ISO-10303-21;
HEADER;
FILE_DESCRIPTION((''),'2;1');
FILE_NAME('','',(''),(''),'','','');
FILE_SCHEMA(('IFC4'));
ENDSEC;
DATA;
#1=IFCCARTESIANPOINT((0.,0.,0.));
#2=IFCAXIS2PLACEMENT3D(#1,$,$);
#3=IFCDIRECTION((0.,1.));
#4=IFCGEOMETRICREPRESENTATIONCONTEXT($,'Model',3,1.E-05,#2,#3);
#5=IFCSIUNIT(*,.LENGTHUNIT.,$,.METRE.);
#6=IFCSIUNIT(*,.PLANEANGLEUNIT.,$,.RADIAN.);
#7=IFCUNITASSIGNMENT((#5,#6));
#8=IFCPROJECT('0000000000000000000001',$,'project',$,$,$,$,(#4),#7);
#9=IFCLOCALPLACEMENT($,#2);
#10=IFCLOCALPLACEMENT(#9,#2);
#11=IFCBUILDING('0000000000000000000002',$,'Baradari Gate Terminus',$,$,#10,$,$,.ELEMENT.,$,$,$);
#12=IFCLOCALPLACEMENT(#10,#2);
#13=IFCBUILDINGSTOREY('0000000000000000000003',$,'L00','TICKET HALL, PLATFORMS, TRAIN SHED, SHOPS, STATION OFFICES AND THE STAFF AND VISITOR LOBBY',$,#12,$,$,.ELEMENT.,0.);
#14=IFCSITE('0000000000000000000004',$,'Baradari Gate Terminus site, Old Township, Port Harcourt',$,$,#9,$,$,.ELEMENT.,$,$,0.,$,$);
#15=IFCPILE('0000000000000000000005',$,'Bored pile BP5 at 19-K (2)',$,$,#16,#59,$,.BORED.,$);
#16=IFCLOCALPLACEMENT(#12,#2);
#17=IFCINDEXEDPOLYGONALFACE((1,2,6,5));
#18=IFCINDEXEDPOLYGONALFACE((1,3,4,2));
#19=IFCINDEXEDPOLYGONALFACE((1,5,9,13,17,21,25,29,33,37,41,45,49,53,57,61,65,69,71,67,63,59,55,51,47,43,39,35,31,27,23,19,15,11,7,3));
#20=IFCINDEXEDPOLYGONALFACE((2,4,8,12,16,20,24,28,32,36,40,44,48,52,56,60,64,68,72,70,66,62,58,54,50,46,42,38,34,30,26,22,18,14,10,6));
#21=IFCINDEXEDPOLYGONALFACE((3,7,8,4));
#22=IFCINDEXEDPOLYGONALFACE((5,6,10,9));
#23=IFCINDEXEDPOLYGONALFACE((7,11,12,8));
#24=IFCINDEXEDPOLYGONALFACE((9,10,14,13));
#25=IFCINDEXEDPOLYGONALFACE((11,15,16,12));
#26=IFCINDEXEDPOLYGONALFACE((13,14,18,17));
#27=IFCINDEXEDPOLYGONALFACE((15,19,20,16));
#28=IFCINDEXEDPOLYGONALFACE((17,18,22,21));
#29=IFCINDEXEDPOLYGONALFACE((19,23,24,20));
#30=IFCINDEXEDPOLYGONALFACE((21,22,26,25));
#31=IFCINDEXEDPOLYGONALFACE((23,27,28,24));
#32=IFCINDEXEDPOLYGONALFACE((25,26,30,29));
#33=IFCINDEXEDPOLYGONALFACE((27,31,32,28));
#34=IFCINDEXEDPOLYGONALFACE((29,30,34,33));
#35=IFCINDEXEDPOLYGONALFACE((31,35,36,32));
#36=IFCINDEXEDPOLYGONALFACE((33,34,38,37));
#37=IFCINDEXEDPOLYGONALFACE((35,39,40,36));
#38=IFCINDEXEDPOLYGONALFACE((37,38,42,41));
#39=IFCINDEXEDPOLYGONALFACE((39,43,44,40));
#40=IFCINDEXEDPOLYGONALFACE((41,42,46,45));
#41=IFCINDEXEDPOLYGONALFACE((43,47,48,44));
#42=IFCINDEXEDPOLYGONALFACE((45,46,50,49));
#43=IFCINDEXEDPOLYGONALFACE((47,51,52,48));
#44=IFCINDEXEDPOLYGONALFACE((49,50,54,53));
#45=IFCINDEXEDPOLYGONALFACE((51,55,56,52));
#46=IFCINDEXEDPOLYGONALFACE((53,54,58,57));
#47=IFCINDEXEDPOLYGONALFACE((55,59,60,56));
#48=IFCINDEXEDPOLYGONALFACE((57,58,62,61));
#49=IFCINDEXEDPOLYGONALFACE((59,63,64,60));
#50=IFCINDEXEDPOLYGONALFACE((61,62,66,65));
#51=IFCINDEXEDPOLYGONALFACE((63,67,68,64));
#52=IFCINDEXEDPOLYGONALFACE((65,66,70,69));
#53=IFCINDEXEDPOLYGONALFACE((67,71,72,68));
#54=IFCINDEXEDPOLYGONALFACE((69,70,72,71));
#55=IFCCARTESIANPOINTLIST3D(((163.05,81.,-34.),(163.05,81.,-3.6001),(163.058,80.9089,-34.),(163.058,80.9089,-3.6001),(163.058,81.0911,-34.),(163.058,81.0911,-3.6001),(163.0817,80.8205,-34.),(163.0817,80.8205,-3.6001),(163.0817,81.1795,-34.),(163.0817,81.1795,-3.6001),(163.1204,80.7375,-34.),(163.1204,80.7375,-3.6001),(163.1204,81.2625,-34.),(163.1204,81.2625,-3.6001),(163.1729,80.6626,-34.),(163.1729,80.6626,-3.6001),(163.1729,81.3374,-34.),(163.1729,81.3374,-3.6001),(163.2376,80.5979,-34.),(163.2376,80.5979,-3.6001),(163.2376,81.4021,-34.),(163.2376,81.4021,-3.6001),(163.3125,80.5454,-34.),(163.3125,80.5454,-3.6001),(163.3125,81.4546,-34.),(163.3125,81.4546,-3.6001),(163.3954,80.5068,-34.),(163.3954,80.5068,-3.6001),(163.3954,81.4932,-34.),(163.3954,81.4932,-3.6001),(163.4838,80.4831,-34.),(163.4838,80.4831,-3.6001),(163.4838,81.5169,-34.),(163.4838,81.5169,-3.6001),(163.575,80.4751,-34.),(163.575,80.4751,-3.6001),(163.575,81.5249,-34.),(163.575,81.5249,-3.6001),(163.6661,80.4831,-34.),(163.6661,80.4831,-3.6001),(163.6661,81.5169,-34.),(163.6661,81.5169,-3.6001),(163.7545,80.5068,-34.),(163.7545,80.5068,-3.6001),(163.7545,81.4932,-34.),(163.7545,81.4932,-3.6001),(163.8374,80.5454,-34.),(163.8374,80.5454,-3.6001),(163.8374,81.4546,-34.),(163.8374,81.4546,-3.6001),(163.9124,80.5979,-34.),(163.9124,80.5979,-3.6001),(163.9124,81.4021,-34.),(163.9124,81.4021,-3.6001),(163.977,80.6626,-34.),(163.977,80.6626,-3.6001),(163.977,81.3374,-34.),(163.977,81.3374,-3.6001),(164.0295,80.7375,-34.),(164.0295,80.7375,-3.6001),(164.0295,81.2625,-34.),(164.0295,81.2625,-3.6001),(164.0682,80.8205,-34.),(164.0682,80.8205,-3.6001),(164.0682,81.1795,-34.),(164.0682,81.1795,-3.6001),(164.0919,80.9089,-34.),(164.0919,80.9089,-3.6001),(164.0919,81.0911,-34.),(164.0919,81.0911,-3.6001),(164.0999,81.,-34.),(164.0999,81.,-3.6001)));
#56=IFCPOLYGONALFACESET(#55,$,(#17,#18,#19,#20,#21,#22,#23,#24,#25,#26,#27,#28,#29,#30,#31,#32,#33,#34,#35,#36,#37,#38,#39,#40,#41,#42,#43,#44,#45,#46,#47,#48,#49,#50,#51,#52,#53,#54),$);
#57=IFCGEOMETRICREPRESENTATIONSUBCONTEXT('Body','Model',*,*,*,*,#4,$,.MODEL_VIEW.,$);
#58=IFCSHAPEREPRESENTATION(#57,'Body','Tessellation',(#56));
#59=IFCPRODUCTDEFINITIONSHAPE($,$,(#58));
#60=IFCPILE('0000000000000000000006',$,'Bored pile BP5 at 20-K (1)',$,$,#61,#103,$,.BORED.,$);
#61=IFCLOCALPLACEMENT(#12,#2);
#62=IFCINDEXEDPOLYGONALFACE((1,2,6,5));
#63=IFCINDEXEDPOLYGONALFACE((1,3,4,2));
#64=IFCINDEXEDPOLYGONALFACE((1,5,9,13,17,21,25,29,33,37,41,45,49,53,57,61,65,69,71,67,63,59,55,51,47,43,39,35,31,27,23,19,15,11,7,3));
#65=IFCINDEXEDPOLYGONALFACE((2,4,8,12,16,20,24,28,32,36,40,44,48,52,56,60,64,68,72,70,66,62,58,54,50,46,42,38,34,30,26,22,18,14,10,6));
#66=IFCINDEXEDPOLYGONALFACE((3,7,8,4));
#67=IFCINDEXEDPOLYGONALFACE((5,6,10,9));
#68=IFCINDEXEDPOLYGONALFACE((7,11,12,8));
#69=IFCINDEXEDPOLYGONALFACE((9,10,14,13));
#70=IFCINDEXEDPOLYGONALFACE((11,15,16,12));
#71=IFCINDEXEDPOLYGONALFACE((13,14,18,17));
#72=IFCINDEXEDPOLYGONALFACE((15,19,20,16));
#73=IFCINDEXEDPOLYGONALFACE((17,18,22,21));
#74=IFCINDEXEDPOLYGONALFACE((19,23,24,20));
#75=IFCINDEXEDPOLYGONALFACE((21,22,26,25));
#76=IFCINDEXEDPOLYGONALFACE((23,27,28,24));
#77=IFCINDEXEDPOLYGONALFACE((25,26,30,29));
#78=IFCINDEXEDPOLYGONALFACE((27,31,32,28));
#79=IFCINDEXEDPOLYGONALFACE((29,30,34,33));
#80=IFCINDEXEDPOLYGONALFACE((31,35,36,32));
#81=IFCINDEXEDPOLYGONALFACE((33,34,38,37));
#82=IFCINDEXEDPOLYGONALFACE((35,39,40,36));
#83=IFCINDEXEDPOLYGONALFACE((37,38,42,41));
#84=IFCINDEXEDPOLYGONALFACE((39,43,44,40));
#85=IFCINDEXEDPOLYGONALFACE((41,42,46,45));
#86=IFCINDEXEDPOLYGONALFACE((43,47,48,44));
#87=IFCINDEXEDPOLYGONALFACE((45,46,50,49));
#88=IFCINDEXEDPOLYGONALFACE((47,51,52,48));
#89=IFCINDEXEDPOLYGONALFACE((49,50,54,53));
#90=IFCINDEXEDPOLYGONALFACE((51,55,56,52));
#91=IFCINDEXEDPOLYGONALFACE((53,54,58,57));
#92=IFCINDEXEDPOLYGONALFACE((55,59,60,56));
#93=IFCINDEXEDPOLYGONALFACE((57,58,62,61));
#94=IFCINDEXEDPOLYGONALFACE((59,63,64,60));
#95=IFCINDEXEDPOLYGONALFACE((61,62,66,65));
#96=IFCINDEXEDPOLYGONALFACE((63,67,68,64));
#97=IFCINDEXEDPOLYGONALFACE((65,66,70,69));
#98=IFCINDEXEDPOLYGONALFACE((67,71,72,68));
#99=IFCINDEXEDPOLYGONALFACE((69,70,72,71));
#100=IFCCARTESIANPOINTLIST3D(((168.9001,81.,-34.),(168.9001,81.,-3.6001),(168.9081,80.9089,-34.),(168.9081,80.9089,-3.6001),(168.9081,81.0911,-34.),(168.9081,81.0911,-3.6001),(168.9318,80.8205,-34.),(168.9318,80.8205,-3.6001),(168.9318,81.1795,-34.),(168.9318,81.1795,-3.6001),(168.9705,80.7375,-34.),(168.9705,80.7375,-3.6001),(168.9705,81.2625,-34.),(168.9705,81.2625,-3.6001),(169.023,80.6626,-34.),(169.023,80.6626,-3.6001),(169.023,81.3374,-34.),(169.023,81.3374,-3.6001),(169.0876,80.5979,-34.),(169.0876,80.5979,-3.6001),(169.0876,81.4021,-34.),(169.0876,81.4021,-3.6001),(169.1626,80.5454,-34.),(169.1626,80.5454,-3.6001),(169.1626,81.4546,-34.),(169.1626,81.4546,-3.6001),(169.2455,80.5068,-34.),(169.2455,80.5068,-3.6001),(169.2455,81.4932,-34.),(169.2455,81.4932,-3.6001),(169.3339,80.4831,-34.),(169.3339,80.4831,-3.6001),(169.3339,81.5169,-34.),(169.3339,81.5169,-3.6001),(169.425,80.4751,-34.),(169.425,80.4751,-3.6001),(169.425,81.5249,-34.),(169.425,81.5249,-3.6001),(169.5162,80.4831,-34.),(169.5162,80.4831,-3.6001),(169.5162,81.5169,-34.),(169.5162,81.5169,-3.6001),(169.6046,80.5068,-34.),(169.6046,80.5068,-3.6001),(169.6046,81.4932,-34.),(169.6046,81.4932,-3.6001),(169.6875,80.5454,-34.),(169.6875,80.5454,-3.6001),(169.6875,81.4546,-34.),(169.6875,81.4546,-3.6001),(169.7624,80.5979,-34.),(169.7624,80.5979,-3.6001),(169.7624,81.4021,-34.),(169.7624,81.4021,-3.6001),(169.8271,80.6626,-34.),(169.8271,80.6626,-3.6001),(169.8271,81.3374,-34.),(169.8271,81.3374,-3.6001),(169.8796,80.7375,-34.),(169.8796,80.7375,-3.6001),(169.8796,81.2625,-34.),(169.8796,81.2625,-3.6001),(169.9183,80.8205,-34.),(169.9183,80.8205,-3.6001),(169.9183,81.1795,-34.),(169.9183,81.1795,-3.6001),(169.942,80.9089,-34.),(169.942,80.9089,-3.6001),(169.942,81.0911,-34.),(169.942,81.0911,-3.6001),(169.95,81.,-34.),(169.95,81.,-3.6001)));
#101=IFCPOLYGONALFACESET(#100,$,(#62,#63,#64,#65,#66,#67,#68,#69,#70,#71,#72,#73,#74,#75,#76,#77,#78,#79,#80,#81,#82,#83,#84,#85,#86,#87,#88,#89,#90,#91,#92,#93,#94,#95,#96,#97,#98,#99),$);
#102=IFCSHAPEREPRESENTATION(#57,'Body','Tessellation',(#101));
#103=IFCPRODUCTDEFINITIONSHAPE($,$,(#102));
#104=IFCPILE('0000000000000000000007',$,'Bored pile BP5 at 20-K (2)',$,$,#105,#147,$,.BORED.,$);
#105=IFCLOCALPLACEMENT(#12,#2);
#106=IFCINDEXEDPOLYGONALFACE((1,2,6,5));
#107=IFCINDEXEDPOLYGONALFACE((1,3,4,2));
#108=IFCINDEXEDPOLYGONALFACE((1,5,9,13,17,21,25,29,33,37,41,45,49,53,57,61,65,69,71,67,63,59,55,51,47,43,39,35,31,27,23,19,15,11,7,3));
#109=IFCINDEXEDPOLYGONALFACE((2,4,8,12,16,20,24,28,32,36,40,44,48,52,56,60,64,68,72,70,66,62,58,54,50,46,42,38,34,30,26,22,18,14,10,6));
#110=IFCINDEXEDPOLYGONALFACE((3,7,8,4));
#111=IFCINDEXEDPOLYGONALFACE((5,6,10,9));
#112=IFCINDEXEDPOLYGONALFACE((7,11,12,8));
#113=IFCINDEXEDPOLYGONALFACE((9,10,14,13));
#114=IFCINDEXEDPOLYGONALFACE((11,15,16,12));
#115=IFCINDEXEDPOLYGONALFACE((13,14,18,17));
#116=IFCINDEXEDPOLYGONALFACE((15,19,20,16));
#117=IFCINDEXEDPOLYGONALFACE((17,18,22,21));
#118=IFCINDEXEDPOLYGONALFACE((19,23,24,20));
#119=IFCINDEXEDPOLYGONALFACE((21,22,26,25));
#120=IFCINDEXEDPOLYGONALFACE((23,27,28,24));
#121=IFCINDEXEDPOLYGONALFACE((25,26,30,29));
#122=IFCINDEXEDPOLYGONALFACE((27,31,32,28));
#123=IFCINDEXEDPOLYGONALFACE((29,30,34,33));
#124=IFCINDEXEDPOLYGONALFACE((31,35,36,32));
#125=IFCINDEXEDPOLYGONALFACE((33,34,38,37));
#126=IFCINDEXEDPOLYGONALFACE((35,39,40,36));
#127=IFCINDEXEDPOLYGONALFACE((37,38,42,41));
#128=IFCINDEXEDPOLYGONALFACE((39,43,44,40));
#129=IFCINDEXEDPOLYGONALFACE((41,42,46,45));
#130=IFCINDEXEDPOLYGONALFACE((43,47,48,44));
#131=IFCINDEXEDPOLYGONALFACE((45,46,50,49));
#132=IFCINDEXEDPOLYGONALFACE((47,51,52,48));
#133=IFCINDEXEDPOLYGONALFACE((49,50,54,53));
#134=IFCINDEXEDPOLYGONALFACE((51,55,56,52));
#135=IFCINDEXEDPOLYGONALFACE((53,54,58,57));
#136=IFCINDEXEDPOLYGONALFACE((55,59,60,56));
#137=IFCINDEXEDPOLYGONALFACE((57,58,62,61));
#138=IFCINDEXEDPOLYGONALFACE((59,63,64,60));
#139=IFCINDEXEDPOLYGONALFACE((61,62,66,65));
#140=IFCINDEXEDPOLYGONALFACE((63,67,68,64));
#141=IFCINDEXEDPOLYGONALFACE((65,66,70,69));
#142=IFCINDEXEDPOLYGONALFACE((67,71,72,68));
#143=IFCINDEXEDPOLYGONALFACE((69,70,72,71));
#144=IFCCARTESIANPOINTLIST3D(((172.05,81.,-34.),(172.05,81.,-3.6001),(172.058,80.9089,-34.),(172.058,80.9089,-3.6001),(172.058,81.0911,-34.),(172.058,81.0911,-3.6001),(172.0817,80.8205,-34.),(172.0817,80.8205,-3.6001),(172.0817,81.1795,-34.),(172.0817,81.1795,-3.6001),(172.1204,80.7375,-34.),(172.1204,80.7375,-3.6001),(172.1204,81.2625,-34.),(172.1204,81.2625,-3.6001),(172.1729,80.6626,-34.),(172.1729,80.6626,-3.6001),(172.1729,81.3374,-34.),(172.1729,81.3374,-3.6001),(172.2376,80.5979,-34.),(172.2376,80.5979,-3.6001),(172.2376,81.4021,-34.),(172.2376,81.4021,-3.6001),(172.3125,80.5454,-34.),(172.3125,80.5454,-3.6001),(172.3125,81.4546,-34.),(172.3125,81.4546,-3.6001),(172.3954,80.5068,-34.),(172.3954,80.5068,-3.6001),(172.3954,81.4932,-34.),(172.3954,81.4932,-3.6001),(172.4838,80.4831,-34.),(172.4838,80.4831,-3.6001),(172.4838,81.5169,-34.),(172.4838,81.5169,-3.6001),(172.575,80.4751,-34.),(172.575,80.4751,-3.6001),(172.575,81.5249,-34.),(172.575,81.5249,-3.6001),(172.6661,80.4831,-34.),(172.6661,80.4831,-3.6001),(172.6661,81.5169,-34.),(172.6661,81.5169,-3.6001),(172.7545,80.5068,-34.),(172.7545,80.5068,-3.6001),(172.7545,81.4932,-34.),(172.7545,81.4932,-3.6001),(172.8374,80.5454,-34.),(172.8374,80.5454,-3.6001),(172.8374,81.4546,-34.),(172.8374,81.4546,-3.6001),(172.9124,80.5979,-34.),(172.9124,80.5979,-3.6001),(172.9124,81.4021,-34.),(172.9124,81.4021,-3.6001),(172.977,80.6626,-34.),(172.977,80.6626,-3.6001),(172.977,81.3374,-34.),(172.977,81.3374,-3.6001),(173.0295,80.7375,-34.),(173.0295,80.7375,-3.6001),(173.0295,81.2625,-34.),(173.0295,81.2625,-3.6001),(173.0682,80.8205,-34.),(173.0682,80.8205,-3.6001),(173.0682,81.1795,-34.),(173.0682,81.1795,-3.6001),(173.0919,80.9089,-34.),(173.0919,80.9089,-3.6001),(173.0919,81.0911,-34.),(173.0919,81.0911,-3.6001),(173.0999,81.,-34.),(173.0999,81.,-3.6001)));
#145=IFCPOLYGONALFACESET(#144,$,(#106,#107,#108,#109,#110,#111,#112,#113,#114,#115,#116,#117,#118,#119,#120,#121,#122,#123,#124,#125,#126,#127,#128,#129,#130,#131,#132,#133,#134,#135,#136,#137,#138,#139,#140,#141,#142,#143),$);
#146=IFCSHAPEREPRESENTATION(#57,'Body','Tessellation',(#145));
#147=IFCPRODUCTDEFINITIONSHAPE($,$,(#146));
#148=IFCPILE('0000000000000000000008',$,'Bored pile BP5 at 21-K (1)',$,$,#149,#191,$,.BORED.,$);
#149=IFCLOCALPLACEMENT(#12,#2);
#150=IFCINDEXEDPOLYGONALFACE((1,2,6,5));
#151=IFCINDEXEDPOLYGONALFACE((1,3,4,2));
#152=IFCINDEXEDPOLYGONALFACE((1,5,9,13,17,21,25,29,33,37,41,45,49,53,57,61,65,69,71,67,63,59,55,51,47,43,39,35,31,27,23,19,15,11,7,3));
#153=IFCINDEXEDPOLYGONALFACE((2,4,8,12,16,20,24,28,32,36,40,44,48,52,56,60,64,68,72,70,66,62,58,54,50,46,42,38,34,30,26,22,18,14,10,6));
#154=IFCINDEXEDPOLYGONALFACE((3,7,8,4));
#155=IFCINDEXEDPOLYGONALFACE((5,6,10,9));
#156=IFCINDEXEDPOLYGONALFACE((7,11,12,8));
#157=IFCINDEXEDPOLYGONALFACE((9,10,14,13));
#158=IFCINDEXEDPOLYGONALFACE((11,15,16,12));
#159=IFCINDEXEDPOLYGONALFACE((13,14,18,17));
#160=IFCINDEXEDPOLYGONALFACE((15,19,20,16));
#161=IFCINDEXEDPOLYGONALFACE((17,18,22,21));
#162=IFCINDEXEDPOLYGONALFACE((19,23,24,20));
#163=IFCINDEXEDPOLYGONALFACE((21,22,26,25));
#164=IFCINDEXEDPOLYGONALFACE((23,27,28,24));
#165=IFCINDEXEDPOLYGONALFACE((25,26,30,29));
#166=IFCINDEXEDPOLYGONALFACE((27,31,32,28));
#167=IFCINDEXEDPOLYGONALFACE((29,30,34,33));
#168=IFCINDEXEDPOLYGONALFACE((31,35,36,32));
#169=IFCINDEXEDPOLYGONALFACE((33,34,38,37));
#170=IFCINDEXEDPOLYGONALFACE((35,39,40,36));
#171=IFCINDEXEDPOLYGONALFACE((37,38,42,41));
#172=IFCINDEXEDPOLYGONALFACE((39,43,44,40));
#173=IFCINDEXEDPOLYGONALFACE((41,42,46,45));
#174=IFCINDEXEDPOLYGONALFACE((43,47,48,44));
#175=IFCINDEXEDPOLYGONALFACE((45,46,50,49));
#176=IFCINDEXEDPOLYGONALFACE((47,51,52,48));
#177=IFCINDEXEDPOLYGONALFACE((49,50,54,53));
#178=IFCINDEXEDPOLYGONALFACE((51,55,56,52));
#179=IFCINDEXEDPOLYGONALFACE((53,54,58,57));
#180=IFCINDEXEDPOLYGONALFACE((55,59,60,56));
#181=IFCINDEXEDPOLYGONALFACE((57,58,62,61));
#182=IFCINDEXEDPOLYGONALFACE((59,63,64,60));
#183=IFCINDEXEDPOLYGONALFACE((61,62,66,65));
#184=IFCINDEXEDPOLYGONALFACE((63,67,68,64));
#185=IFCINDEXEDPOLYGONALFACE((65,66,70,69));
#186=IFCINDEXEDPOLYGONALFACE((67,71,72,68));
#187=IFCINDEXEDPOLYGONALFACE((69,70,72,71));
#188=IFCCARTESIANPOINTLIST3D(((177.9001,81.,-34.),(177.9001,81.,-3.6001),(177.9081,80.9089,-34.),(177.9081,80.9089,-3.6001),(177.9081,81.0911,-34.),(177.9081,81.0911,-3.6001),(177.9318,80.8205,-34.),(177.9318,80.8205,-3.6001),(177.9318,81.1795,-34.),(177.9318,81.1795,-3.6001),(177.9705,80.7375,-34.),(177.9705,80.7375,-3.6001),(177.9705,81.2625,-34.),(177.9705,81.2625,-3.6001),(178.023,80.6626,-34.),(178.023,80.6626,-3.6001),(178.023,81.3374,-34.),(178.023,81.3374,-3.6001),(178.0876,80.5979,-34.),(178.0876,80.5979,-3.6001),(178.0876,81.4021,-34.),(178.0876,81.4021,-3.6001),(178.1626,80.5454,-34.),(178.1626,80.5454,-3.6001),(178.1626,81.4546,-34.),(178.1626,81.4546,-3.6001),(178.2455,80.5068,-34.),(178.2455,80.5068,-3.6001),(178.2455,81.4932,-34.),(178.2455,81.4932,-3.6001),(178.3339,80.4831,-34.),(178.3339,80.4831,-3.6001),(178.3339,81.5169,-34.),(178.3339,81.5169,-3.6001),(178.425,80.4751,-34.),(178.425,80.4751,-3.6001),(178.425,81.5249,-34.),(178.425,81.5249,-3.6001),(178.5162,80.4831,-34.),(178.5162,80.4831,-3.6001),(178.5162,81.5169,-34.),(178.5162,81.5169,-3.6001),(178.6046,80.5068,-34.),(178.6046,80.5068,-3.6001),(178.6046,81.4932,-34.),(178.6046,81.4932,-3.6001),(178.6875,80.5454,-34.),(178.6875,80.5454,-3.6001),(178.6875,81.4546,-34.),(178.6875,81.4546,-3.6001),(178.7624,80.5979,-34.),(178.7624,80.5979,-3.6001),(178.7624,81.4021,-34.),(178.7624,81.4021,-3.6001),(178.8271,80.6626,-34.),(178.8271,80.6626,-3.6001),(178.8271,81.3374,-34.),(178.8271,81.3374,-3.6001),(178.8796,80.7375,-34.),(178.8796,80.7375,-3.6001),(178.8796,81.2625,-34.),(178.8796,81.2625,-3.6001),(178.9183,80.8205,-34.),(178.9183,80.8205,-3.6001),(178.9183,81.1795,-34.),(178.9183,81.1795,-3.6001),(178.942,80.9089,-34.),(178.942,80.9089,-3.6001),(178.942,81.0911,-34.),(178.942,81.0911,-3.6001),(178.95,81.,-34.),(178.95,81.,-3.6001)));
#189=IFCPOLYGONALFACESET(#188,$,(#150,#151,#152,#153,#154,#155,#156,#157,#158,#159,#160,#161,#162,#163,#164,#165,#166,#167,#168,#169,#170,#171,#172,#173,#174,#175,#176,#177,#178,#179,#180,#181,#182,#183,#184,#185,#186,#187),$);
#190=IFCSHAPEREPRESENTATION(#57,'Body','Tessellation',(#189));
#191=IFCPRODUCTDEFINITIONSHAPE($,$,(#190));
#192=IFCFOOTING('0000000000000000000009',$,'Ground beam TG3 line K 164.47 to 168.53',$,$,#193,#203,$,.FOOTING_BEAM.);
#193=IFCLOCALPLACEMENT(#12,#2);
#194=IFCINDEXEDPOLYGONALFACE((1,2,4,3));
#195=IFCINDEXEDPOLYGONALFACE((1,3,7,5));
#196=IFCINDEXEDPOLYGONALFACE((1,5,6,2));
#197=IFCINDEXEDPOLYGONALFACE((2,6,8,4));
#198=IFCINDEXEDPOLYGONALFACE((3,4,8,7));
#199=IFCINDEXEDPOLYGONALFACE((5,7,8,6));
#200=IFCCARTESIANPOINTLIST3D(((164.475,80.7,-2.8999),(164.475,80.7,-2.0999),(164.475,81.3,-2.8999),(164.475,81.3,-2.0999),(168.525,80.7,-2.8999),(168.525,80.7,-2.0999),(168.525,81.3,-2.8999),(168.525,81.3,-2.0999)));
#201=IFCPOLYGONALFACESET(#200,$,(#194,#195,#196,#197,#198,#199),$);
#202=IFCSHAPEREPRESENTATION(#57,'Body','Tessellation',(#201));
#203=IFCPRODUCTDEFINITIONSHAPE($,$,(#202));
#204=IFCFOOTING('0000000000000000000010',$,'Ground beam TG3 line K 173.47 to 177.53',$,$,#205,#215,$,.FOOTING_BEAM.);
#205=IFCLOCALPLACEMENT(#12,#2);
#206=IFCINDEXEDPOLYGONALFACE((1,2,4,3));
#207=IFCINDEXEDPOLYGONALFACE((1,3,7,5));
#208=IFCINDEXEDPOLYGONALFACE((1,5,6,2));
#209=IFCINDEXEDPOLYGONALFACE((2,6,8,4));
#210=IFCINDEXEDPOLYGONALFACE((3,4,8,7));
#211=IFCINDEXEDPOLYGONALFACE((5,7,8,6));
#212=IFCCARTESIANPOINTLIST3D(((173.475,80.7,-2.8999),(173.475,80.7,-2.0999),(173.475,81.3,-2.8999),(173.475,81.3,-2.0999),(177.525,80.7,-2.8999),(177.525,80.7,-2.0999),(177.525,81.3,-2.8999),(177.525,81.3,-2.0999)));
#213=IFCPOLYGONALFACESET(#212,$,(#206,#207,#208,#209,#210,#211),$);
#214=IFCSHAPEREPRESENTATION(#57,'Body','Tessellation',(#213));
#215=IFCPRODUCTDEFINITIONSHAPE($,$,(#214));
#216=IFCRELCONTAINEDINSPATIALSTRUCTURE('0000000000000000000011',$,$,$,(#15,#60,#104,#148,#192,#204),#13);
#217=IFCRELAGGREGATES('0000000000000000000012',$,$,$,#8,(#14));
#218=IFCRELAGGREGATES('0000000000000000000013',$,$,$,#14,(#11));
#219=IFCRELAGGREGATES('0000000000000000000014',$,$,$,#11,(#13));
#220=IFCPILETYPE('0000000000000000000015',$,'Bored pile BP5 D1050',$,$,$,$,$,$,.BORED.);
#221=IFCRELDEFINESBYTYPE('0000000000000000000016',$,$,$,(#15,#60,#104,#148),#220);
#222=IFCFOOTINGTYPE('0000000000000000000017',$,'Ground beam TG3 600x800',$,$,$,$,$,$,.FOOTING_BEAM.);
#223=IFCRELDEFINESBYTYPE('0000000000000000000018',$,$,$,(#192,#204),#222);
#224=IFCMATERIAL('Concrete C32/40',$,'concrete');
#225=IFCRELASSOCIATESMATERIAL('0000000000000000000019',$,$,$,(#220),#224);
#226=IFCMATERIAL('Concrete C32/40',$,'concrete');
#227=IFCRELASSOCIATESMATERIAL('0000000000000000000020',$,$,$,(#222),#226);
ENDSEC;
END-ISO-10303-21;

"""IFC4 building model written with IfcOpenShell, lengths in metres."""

from ifc_helpers import new_model, si_unit, direction, frame, origin, origin_2d, place, context, subcontext, project, spatial, rectangle, circle, extrude, material, type_object, element, save


model = new_model("IFC4")

# Units and contexts
model_context = context("Model", 3, precision=1e-05, world=origin(), true_north=direction((0.0, 1.0)))
body_context = subcontext(model_context, "Body", "Model", "MODEL_VIEW")
ifc_project = project(units=[si_unit("LENGTHUNIT", "METRE"), si_unit("PLANEANGLEUNIT", "RADIAN")], contexts=[model_context])

# Site, building, storey
site_placement = place(None, origin())
site = spatial("IfcSite", under=ifc_project, at=site_placement, Name="Baradari Gate Terminus site, Old Township, Port Harcourt", CompositionType="ELEMENT", RefElevation=0.0)
building_placement = place(site_placement, origin())
building = spatial("IfcBuilding", under=site, at=building_placement, Name="Baradari Gate Terminus", CompositionType="ELEMENT")
storey_placement = place(building_placement, origin())
storey = spatial("IfcBuildingStorey", under=building, at=storey_placement, Name="L00", Description="TICKET HALL, PLATFORMS, TRAIN SHED, SHOPS, STATION OFFICES AND THE STAFF AND VISITOR LOBBY", CompositionType="ELEMENT", Elevation=0.0)

# Piles
ifc_material_1 = material(Name="Concrete C32/40", Category="concrete")
pile_type = type_object("IfcPileType", Name="Bored pile BP5 D1050", PredefinedType="BORED", material=ifc_material_1)
for number, where, z_axis, x_axis, name in (
    (1, (163.575, 81.0, -3.6001), (0.0, 0.0, -1.0), (1.0, 0.0, 0.0), "Bored pile BP5 at 19-K (2)"),
    (2, (169.425, 81.0, -3.6001), (0.0, 0.0, -1.0), (1.0, 0.0, 0.0), "Bored pile BP5 at 20-K (1)"),
    (3, (172.575, 81.0, -3.6001), (0.0, 0.0, -1.0), (1.0, 0.0, 0.0), "Bored pile BP5 at 20-K (2)"),
    (4, (178.425, 81.0, -3.6001), (0.0, 0.0, -1.0), (1.0, 0.0, 0.0), "Bored pile BP5 at 21-K (1)"),
):
    element("IfcPile", number, at=place(storey_placement, frame(where, z_axis=z_axis, x_axis=x_axis)), inside=storey, type_object=pile_type, Name=name, PredefinedType="BORED", context=body_context, shape_type="SweptSolid", body=[
        extrude(circle(Radius=0.5249, at=origin_2d()), origin(), (0.0, 0.0, 1.0), 30.3999),
    ])

# Footings
ifc_material_2 = material(Name="Concrete C32/40", Category="concrete")
footing_type_1 = type_object("IfcFootingType", Name="Ground beam TG3 600x800", PredefinedType="FOOTING_BEAM", material=ifc_material_2)
for number, where, z_axis, x_axis, name in (
    (5, (166.5, 81.0, -2.8999), (0.0, 0.0, 1.0), (1.0, 0.0, 0.0), "Ground beam TG3 line K 164.47 to 168.53"),
    (6, (175.5, 81.0, -2.8999), (0.0, 0.0, 1.0), (1.0, 0.0, 0.0), "Ground beam TG3 line K 173.47 to 177.53"),
):
    element("IfcFooting", number, at=place(storey_placement, frame(where, z_axis=z_axis, x_axis=x_axis)), inside=storey, type_object=footing_type_1, Name=name, PredefinedType="FOOTING_BEAM", context=body_context, shape_type="SweptSolid", body=[
        extrude(rectangle(XDim=4.05, YDim=0.6001, at=origin_2d()), origin(), (0.0, 0.0, 1.0), 0.8),
    ])

save(model, "model.ifc")
